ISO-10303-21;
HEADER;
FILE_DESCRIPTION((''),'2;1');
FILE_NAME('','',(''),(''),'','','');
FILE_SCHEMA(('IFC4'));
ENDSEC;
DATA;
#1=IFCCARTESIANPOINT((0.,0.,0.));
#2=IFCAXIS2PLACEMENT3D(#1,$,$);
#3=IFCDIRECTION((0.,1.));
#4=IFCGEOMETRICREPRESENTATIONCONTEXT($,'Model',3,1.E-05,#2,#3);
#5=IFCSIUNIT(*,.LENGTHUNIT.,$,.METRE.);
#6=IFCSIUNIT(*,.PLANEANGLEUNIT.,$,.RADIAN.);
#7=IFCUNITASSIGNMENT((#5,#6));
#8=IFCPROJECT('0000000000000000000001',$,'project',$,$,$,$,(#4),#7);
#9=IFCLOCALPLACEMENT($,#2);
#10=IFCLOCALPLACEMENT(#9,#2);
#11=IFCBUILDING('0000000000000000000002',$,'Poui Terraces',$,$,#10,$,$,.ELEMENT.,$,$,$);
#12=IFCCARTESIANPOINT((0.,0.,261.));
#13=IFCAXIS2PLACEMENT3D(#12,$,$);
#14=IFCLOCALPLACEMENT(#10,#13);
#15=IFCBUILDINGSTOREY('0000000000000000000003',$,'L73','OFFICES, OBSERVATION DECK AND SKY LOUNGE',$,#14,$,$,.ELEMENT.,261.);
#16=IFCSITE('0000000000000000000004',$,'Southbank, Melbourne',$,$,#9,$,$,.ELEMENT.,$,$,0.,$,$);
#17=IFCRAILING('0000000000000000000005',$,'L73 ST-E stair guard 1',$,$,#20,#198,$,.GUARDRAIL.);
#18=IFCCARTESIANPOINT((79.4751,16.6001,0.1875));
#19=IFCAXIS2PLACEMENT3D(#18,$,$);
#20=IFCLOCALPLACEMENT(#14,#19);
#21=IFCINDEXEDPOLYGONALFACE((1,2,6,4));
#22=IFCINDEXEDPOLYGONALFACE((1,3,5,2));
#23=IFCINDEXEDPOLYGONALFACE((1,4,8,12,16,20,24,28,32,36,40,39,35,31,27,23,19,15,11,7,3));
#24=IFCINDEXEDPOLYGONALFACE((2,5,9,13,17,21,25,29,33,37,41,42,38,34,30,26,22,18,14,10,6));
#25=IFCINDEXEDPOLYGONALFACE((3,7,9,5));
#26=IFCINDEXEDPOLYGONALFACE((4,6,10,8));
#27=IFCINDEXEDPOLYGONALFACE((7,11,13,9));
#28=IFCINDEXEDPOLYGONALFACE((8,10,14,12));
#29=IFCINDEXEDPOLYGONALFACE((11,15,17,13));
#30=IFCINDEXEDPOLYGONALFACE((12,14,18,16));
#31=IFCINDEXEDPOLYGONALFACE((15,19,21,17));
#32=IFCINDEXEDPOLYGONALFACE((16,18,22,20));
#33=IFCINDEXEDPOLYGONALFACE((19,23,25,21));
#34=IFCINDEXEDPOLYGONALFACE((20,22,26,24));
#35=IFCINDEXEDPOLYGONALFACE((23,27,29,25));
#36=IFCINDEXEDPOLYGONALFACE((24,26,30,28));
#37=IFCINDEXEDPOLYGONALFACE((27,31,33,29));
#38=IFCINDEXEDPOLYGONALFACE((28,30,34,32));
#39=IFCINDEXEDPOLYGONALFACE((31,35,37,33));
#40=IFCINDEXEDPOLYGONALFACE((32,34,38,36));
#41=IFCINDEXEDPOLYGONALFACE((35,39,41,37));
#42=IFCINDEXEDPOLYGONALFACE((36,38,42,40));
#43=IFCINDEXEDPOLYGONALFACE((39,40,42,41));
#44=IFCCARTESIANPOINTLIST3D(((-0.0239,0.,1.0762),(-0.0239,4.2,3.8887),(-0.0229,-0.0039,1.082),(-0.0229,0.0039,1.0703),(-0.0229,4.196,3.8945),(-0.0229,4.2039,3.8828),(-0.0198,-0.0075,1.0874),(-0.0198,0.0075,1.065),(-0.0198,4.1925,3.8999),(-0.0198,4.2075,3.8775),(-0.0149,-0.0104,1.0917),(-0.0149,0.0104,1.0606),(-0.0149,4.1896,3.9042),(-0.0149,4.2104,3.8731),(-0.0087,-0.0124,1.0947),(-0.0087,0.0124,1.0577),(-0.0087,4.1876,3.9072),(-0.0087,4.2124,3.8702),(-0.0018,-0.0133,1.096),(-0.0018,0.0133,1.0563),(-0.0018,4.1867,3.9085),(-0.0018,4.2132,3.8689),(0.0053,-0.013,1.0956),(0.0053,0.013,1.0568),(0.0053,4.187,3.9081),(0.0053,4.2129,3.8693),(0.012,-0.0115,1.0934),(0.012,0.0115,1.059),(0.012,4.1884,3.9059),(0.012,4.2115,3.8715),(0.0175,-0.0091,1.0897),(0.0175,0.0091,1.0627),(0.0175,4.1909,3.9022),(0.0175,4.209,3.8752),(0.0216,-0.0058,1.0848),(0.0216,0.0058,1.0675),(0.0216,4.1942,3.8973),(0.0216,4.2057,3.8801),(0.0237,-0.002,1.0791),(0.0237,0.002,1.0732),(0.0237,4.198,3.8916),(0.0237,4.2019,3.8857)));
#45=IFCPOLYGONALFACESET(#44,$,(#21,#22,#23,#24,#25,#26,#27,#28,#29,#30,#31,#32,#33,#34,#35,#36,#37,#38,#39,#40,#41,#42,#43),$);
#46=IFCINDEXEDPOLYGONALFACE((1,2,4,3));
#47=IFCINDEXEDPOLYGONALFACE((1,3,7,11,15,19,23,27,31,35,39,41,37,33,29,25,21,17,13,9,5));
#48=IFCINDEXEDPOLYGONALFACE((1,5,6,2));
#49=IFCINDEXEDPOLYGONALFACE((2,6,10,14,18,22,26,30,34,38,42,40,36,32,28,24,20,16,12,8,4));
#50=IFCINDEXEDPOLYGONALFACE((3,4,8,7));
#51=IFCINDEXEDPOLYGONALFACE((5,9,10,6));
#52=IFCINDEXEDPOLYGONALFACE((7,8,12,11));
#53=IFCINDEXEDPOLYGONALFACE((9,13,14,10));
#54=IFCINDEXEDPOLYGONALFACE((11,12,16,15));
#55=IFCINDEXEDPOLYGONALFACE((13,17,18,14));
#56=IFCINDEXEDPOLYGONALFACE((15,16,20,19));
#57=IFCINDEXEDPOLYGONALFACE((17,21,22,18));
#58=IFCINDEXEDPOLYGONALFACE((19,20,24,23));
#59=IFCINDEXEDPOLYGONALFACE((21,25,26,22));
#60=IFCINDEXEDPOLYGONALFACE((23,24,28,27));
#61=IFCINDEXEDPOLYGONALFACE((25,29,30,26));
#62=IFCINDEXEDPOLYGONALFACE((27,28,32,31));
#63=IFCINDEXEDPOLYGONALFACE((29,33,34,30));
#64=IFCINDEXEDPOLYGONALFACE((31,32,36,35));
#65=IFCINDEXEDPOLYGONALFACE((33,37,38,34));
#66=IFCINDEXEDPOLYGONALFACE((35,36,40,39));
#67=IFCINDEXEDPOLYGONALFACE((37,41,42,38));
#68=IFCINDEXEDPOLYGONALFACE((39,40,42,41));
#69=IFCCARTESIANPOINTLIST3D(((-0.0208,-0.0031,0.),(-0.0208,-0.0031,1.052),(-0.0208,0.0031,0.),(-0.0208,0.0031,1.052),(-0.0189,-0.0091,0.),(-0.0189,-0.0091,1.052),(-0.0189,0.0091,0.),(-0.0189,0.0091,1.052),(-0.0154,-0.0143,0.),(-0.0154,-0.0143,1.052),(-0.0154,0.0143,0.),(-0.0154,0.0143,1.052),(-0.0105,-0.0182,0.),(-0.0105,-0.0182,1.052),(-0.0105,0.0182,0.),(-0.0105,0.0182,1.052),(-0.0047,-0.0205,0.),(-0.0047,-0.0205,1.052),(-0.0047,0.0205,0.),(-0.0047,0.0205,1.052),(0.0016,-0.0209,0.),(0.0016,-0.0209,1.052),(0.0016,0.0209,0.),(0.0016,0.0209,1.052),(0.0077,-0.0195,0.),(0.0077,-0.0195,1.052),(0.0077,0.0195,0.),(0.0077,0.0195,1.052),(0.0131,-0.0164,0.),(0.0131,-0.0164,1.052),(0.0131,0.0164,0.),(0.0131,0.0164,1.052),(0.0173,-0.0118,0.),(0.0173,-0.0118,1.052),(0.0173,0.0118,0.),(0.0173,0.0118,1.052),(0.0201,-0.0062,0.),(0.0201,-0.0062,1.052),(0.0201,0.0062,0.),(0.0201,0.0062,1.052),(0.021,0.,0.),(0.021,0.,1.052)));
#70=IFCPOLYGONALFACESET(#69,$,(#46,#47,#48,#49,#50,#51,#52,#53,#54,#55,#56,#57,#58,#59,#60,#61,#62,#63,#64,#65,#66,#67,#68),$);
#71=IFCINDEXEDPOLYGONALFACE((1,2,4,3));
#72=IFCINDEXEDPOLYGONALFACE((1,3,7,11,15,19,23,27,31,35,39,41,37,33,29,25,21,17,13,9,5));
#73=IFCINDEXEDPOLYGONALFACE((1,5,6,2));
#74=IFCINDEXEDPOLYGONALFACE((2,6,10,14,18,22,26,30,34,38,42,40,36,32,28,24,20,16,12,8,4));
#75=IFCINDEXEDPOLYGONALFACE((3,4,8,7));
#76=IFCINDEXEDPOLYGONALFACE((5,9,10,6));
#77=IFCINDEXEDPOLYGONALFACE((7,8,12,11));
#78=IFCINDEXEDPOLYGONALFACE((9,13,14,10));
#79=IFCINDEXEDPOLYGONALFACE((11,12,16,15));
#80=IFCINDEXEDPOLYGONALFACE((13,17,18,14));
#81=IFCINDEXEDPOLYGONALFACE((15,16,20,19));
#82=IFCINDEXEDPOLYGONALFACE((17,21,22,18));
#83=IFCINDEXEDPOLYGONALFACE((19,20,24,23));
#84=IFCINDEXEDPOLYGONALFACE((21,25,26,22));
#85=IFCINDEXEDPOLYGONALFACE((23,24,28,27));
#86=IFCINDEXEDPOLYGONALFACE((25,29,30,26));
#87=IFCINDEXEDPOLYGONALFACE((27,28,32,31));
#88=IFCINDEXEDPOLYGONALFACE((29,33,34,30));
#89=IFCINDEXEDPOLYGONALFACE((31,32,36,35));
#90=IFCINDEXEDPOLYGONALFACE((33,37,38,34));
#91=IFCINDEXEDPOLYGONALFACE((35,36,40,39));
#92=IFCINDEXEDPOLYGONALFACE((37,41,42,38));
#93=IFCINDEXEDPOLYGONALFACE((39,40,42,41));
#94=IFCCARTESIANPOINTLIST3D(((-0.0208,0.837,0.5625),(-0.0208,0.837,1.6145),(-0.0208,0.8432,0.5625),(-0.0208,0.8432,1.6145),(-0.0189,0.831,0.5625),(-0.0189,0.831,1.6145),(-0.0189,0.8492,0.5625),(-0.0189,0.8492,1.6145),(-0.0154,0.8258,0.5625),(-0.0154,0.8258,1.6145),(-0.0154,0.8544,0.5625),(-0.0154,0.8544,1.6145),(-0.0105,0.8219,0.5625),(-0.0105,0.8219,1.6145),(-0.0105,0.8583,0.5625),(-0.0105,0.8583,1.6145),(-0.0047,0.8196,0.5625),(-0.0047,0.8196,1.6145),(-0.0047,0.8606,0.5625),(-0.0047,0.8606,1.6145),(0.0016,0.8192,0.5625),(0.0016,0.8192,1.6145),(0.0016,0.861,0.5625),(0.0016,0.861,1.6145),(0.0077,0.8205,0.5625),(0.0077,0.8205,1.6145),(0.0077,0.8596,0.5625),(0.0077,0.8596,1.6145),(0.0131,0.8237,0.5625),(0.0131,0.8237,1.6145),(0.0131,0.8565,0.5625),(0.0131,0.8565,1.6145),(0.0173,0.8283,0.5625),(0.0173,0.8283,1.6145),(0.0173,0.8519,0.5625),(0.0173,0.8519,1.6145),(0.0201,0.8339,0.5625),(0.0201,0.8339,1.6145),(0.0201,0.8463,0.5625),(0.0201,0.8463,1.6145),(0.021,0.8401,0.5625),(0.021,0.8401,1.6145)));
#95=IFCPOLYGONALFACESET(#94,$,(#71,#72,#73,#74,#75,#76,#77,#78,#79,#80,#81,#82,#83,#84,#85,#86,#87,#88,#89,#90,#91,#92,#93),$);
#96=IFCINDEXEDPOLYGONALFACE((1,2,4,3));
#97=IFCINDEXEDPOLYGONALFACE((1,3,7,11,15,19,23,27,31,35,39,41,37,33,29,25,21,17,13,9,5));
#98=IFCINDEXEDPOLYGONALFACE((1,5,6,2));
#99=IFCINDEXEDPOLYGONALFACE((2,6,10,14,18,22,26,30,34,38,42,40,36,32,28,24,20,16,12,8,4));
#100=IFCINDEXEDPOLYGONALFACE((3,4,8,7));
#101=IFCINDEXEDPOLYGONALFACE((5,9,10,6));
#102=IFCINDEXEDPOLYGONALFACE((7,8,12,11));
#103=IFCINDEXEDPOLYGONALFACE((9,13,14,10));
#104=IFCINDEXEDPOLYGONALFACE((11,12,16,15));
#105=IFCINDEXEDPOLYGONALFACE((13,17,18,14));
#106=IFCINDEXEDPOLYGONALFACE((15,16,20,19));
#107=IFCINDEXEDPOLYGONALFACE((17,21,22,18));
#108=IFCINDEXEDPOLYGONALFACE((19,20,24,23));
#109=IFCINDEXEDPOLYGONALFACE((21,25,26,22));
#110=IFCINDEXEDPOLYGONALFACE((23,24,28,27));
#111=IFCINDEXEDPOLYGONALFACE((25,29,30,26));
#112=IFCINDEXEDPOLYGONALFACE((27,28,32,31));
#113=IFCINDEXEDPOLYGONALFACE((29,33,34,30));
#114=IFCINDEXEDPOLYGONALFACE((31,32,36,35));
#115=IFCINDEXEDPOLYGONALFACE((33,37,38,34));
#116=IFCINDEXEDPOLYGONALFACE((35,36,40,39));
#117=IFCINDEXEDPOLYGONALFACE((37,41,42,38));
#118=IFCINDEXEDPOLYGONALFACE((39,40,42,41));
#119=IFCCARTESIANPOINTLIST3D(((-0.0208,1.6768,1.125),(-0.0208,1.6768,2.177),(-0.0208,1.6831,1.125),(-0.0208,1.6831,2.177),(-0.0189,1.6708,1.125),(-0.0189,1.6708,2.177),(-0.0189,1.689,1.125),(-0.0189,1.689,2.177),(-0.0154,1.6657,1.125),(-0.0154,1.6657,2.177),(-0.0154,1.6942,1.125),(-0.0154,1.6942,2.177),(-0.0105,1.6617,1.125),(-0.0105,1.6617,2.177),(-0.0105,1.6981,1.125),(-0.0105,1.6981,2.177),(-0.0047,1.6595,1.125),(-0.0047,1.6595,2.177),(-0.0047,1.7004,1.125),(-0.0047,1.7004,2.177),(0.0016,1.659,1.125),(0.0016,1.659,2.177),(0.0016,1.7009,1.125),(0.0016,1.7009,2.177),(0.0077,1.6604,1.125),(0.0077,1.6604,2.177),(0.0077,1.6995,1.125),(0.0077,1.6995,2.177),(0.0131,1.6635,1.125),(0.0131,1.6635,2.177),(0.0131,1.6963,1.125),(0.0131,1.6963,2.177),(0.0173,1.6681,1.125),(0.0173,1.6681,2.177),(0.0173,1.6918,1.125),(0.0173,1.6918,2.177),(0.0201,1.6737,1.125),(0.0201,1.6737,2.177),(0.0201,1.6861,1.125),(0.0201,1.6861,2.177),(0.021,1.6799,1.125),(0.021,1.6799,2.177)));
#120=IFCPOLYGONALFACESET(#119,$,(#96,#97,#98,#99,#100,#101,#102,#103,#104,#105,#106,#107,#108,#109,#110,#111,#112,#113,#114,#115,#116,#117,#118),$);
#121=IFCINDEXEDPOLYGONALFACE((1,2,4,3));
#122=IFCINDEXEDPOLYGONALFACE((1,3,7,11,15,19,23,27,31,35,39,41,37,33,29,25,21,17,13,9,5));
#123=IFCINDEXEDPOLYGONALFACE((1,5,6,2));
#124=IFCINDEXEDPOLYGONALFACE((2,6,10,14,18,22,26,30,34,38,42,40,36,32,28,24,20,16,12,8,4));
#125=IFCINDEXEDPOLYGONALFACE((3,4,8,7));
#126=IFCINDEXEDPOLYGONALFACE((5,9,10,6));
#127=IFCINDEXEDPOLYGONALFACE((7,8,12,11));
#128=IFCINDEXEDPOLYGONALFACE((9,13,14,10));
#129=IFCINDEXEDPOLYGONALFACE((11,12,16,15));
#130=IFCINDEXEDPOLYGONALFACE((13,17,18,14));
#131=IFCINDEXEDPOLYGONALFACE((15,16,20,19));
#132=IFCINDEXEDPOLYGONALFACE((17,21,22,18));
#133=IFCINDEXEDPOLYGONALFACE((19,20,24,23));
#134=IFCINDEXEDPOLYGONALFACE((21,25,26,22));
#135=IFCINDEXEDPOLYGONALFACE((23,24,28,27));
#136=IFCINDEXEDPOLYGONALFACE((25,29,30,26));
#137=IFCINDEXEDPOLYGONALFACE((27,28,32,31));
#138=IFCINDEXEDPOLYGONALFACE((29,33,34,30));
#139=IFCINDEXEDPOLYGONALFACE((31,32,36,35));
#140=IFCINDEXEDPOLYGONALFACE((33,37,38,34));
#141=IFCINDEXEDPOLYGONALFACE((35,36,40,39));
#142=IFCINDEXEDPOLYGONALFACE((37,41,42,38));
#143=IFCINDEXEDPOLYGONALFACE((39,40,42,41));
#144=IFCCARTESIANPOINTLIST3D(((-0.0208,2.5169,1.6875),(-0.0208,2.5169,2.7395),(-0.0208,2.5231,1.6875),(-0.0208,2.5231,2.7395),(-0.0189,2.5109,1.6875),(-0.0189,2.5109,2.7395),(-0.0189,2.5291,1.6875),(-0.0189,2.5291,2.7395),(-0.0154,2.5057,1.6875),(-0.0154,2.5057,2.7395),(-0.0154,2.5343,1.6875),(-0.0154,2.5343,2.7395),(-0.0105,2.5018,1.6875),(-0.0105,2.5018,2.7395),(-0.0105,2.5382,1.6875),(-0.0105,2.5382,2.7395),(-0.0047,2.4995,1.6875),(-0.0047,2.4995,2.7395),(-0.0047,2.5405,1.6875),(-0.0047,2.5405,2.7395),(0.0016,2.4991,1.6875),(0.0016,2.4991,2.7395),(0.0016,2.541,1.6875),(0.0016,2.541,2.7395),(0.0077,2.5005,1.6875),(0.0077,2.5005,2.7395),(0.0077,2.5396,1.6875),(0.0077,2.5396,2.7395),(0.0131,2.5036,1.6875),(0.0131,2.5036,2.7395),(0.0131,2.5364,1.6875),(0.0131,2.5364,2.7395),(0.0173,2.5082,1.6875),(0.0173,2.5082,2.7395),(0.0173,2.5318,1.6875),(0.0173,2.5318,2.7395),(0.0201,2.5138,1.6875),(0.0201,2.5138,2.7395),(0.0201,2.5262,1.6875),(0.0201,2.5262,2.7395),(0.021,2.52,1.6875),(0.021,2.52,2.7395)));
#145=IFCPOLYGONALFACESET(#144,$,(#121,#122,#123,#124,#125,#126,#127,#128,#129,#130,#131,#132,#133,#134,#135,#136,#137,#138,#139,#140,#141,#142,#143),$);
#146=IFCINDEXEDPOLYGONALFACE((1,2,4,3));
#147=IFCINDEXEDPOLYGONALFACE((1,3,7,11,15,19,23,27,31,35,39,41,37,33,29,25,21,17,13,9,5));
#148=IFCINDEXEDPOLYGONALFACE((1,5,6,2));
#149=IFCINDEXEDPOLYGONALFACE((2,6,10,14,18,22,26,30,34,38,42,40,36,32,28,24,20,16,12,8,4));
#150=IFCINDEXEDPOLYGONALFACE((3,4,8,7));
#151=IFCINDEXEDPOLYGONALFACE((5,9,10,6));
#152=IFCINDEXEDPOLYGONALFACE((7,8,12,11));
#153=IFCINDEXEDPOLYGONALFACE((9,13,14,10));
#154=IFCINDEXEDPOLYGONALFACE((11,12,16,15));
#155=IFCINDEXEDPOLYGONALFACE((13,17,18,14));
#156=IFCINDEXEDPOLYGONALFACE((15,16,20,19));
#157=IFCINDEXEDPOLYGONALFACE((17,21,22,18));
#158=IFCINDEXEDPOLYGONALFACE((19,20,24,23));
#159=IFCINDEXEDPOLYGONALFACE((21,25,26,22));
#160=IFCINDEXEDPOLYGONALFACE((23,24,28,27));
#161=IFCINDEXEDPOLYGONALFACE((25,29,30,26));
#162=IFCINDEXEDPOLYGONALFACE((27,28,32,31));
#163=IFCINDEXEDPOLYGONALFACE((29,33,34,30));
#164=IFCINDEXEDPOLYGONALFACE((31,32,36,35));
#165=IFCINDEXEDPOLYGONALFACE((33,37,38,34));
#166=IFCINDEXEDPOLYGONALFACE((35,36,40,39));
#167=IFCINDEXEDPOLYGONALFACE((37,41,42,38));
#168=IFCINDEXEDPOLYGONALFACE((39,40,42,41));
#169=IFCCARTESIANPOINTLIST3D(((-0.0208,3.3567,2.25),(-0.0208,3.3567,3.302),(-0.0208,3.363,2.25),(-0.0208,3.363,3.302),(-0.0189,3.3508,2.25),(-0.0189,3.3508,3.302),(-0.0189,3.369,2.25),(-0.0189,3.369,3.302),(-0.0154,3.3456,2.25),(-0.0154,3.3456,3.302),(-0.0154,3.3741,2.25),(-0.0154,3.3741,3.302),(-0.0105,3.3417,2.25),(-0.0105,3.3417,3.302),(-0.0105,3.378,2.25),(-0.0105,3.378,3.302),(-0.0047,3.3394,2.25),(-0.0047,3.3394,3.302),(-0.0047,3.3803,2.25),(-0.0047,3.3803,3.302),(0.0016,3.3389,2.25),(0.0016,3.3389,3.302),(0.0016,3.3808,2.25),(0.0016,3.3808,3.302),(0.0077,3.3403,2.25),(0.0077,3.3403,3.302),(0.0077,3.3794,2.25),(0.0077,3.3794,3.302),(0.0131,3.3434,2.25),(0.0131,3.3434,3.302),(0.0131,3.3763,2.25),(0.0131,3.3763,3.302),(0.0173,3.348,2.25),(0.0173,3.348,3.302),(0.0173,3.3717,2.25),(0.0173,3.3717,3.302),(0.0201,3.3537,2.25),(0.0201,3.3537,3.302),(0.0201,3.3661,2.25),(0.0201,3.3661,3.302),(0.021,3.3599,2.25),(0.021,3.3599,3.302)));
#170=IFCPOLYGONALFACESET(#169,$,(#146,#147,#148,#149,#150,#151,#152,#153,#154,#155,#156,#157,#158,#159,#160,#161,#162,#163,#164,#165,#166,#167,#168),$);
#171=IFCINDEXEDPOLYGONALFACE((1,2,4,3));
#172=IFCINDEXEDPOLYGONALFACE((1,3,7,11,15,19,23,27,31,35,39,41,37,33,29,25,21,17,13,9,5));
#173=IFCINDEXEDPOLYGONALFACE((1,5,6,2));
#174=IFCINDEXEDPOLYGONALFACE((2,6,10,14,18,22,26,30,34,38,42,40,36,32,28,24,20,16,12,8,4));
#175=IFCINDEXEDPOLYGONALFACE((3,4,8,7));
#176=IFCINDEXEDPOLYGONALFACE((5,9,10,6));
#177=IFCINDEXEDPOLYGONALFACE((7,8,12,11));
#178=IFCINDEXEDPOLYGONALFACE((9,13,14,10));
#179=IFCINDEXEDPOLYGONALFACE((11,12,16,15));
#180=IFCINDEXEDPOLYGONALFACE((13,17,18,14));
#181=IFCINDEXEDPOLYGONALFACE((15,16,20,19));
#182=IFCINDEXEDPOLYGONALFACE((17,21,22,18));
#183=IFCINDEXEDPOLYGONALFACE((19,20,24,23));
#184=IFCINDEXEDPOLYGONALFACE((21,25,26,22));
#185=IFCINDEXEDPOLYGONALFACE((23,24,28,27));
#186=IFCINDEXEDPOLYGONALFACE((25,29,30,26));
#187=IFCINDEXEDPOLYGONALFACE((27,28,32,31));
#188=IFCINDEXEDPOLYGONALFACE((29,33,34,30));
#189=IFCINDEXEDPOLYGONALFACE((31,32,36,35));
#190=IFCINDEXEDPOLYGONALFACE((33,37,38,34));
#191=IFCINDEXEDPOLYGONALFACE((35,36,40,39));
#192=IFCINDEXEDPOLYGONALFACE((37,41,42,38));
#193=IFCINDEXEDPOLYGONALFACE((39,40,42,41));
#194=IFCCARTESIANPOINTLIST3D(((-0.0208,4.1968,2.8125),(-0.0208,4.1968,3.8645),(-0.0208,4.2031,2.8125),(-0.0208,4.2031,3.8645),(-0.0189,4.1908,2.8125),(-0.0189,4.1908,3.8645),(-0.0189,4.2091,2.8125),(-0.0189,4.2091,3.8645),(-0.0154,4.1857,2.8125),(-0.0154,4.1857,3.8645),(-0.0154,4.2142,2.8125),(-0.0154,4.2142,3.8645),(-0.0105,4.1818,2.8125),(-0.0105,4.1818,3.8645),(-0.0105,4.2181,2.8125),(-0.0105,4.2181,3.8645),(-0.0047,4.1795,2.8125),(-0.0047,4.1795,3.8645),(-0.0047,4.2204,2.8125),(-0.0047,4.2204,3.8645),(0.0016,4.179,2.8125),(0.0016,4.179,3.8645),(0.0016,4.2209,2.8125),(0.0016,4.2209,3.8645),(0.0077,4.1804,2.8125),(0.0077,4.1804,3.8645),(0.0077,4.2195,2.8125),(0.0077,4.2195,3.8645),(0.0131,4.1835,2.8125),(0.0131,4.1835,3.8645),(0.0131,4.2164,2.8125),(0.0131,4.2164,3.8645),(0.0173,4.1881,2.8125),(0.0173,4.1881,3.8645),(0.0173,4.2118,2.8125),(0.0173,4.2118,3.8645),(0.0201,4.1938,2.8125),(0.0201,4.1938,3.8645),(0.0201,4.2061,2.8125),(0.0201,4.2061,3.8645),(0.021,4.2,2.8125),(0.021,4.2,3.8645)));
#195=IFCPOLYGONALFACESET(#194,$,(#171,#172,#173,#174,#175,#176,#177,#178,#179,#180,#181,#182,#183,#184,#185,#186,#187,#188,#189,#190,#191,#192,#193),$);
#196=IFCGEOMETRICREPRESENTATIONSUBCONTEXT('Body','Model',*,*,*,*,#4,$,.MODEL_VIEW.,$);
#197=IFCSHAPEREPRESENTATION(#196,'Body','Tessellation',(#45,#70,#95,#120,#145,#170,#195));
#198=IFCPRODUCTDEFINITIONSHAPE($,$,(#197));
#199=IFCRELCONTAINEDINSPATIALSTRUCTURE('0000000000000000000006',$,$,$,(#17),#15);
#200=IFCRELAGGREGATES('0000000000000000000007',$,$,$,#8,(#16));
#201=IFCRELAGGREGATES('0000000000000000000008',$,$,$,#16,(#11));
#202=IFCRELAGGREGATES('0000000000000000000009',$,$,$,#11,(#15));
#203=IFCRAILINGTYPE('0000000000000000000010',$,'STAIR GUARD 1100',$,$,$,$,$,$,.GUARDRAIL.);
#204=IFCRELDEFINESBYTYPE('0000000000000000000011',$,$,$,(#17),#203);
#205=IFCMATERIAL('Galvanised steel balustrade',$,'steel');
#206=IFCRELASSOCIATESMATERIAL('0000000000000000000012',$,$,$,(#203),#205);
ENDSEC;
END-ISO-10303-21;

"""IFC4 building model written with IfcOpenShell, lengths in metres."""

from ifc_helpers import new_model, si_unit, direction, frame, origin, origin_2d, place, context, subcontext, project, spatial, circle, extrude, material, type_object, element, save


model = new_model("IFC4")

# Units and contexts
model_context = context("Model", 3, precision=1e-05, world=origin(), true_north=direction((0.0, 1.0)))
body_context = subcontext(model_context, "Body", "Model", "MODEL_VIEW")
ifc_project = project(units=[si_unit("LENGTHUNIT", "METRE"), si_unit("PLANEANGLEUNIT", "RADIAN")], contexts=[model_context])

# Site, building, storey
site_placement = place(None, origin())
site = spatial("IfcSite", under=ifc_project, at=site_placement, Name="Southbank, Melbourne", CompositionType="ELEMENT", RefElevation=0.0)
building_placement = place(site_placement, origin())
building = spatial("IfcBuilding", under=site, at=building_placement, Name="Poui Terraces", CompositionType="ELEMENT")
storey_placement = place(building_placement, frame((0.0, 0.0, 261.0)))
storey = spatial("IfcBuildingStorey", under=building, at=storey_placement, Name="L73", Description="OFFICES, OBSERVATION DECK AND SKY LOUNGE", CompositionType="ELEMENT", Elevation=261.0)

# Railing
ifc_material_1 = material(Name="Galvanised steel balustrade", Category="steel")
railing_type_1 = type_object("IfcRailingType", Name="STAIR GUARD 1100", PredefinedType="GUARDRAIL", material=ifc_material_1)
railing_1_placement = place(storey_placement, frame((79.4751, 16.6001, 0.1875)))
element("IfcRailing", 1, at=railing_1_placement, inside=storey, type_object=railing_type_1, Name="L73 ST-E stair guard 1", PredefinedType="GUARDRAIL", context=body_context, shape_type="SweptSolid", body=[
    extrude(circle(Radius=0.0239, at=origin_2d()), frame((0.0, 0.0, 1.0762), z_axis=(0.0, 0.830904, 0.556416), x_axis=(-1.0, 0.0, 0.0)), (0.0, 0.0, 1.0), 5.0547),
    extrude(circle(Radius=0.021, at=origin_2d()), origin(), (0.0, 0.0, 1.0), 1.052),
    extrude(circle(Radius=0.021, at=origin_2d()), frame((0.0, 0.8401, 0.5625)), (0.0, 0.0, 1.0), 1.052),
    extrude(circle(Radius=0.021, at=origin_2d()), frame((0.0, 1.6799, 1.125)), (0.0, 0.0, 1.0), 1.052),
    extrude(circle(Radius=0.021, at=origin_2d()), frame((0.0, 2.52, 1.6875)), (0.0, 0.0, 1.0), 1.052),
    extrude(circle(Radius=0.021, at=origin_2d()), frame((0.0, 3.3599, 2.25)), (0.0, 0.0, 1.0), 1.052),
    extrude(circle(Radius=0.021, at=origin_2d()), frame((0.0, 4.2, 2.8125)), (0.0, 0.0, 1.0), 1.052),
])

save(model, "model.ifc")
